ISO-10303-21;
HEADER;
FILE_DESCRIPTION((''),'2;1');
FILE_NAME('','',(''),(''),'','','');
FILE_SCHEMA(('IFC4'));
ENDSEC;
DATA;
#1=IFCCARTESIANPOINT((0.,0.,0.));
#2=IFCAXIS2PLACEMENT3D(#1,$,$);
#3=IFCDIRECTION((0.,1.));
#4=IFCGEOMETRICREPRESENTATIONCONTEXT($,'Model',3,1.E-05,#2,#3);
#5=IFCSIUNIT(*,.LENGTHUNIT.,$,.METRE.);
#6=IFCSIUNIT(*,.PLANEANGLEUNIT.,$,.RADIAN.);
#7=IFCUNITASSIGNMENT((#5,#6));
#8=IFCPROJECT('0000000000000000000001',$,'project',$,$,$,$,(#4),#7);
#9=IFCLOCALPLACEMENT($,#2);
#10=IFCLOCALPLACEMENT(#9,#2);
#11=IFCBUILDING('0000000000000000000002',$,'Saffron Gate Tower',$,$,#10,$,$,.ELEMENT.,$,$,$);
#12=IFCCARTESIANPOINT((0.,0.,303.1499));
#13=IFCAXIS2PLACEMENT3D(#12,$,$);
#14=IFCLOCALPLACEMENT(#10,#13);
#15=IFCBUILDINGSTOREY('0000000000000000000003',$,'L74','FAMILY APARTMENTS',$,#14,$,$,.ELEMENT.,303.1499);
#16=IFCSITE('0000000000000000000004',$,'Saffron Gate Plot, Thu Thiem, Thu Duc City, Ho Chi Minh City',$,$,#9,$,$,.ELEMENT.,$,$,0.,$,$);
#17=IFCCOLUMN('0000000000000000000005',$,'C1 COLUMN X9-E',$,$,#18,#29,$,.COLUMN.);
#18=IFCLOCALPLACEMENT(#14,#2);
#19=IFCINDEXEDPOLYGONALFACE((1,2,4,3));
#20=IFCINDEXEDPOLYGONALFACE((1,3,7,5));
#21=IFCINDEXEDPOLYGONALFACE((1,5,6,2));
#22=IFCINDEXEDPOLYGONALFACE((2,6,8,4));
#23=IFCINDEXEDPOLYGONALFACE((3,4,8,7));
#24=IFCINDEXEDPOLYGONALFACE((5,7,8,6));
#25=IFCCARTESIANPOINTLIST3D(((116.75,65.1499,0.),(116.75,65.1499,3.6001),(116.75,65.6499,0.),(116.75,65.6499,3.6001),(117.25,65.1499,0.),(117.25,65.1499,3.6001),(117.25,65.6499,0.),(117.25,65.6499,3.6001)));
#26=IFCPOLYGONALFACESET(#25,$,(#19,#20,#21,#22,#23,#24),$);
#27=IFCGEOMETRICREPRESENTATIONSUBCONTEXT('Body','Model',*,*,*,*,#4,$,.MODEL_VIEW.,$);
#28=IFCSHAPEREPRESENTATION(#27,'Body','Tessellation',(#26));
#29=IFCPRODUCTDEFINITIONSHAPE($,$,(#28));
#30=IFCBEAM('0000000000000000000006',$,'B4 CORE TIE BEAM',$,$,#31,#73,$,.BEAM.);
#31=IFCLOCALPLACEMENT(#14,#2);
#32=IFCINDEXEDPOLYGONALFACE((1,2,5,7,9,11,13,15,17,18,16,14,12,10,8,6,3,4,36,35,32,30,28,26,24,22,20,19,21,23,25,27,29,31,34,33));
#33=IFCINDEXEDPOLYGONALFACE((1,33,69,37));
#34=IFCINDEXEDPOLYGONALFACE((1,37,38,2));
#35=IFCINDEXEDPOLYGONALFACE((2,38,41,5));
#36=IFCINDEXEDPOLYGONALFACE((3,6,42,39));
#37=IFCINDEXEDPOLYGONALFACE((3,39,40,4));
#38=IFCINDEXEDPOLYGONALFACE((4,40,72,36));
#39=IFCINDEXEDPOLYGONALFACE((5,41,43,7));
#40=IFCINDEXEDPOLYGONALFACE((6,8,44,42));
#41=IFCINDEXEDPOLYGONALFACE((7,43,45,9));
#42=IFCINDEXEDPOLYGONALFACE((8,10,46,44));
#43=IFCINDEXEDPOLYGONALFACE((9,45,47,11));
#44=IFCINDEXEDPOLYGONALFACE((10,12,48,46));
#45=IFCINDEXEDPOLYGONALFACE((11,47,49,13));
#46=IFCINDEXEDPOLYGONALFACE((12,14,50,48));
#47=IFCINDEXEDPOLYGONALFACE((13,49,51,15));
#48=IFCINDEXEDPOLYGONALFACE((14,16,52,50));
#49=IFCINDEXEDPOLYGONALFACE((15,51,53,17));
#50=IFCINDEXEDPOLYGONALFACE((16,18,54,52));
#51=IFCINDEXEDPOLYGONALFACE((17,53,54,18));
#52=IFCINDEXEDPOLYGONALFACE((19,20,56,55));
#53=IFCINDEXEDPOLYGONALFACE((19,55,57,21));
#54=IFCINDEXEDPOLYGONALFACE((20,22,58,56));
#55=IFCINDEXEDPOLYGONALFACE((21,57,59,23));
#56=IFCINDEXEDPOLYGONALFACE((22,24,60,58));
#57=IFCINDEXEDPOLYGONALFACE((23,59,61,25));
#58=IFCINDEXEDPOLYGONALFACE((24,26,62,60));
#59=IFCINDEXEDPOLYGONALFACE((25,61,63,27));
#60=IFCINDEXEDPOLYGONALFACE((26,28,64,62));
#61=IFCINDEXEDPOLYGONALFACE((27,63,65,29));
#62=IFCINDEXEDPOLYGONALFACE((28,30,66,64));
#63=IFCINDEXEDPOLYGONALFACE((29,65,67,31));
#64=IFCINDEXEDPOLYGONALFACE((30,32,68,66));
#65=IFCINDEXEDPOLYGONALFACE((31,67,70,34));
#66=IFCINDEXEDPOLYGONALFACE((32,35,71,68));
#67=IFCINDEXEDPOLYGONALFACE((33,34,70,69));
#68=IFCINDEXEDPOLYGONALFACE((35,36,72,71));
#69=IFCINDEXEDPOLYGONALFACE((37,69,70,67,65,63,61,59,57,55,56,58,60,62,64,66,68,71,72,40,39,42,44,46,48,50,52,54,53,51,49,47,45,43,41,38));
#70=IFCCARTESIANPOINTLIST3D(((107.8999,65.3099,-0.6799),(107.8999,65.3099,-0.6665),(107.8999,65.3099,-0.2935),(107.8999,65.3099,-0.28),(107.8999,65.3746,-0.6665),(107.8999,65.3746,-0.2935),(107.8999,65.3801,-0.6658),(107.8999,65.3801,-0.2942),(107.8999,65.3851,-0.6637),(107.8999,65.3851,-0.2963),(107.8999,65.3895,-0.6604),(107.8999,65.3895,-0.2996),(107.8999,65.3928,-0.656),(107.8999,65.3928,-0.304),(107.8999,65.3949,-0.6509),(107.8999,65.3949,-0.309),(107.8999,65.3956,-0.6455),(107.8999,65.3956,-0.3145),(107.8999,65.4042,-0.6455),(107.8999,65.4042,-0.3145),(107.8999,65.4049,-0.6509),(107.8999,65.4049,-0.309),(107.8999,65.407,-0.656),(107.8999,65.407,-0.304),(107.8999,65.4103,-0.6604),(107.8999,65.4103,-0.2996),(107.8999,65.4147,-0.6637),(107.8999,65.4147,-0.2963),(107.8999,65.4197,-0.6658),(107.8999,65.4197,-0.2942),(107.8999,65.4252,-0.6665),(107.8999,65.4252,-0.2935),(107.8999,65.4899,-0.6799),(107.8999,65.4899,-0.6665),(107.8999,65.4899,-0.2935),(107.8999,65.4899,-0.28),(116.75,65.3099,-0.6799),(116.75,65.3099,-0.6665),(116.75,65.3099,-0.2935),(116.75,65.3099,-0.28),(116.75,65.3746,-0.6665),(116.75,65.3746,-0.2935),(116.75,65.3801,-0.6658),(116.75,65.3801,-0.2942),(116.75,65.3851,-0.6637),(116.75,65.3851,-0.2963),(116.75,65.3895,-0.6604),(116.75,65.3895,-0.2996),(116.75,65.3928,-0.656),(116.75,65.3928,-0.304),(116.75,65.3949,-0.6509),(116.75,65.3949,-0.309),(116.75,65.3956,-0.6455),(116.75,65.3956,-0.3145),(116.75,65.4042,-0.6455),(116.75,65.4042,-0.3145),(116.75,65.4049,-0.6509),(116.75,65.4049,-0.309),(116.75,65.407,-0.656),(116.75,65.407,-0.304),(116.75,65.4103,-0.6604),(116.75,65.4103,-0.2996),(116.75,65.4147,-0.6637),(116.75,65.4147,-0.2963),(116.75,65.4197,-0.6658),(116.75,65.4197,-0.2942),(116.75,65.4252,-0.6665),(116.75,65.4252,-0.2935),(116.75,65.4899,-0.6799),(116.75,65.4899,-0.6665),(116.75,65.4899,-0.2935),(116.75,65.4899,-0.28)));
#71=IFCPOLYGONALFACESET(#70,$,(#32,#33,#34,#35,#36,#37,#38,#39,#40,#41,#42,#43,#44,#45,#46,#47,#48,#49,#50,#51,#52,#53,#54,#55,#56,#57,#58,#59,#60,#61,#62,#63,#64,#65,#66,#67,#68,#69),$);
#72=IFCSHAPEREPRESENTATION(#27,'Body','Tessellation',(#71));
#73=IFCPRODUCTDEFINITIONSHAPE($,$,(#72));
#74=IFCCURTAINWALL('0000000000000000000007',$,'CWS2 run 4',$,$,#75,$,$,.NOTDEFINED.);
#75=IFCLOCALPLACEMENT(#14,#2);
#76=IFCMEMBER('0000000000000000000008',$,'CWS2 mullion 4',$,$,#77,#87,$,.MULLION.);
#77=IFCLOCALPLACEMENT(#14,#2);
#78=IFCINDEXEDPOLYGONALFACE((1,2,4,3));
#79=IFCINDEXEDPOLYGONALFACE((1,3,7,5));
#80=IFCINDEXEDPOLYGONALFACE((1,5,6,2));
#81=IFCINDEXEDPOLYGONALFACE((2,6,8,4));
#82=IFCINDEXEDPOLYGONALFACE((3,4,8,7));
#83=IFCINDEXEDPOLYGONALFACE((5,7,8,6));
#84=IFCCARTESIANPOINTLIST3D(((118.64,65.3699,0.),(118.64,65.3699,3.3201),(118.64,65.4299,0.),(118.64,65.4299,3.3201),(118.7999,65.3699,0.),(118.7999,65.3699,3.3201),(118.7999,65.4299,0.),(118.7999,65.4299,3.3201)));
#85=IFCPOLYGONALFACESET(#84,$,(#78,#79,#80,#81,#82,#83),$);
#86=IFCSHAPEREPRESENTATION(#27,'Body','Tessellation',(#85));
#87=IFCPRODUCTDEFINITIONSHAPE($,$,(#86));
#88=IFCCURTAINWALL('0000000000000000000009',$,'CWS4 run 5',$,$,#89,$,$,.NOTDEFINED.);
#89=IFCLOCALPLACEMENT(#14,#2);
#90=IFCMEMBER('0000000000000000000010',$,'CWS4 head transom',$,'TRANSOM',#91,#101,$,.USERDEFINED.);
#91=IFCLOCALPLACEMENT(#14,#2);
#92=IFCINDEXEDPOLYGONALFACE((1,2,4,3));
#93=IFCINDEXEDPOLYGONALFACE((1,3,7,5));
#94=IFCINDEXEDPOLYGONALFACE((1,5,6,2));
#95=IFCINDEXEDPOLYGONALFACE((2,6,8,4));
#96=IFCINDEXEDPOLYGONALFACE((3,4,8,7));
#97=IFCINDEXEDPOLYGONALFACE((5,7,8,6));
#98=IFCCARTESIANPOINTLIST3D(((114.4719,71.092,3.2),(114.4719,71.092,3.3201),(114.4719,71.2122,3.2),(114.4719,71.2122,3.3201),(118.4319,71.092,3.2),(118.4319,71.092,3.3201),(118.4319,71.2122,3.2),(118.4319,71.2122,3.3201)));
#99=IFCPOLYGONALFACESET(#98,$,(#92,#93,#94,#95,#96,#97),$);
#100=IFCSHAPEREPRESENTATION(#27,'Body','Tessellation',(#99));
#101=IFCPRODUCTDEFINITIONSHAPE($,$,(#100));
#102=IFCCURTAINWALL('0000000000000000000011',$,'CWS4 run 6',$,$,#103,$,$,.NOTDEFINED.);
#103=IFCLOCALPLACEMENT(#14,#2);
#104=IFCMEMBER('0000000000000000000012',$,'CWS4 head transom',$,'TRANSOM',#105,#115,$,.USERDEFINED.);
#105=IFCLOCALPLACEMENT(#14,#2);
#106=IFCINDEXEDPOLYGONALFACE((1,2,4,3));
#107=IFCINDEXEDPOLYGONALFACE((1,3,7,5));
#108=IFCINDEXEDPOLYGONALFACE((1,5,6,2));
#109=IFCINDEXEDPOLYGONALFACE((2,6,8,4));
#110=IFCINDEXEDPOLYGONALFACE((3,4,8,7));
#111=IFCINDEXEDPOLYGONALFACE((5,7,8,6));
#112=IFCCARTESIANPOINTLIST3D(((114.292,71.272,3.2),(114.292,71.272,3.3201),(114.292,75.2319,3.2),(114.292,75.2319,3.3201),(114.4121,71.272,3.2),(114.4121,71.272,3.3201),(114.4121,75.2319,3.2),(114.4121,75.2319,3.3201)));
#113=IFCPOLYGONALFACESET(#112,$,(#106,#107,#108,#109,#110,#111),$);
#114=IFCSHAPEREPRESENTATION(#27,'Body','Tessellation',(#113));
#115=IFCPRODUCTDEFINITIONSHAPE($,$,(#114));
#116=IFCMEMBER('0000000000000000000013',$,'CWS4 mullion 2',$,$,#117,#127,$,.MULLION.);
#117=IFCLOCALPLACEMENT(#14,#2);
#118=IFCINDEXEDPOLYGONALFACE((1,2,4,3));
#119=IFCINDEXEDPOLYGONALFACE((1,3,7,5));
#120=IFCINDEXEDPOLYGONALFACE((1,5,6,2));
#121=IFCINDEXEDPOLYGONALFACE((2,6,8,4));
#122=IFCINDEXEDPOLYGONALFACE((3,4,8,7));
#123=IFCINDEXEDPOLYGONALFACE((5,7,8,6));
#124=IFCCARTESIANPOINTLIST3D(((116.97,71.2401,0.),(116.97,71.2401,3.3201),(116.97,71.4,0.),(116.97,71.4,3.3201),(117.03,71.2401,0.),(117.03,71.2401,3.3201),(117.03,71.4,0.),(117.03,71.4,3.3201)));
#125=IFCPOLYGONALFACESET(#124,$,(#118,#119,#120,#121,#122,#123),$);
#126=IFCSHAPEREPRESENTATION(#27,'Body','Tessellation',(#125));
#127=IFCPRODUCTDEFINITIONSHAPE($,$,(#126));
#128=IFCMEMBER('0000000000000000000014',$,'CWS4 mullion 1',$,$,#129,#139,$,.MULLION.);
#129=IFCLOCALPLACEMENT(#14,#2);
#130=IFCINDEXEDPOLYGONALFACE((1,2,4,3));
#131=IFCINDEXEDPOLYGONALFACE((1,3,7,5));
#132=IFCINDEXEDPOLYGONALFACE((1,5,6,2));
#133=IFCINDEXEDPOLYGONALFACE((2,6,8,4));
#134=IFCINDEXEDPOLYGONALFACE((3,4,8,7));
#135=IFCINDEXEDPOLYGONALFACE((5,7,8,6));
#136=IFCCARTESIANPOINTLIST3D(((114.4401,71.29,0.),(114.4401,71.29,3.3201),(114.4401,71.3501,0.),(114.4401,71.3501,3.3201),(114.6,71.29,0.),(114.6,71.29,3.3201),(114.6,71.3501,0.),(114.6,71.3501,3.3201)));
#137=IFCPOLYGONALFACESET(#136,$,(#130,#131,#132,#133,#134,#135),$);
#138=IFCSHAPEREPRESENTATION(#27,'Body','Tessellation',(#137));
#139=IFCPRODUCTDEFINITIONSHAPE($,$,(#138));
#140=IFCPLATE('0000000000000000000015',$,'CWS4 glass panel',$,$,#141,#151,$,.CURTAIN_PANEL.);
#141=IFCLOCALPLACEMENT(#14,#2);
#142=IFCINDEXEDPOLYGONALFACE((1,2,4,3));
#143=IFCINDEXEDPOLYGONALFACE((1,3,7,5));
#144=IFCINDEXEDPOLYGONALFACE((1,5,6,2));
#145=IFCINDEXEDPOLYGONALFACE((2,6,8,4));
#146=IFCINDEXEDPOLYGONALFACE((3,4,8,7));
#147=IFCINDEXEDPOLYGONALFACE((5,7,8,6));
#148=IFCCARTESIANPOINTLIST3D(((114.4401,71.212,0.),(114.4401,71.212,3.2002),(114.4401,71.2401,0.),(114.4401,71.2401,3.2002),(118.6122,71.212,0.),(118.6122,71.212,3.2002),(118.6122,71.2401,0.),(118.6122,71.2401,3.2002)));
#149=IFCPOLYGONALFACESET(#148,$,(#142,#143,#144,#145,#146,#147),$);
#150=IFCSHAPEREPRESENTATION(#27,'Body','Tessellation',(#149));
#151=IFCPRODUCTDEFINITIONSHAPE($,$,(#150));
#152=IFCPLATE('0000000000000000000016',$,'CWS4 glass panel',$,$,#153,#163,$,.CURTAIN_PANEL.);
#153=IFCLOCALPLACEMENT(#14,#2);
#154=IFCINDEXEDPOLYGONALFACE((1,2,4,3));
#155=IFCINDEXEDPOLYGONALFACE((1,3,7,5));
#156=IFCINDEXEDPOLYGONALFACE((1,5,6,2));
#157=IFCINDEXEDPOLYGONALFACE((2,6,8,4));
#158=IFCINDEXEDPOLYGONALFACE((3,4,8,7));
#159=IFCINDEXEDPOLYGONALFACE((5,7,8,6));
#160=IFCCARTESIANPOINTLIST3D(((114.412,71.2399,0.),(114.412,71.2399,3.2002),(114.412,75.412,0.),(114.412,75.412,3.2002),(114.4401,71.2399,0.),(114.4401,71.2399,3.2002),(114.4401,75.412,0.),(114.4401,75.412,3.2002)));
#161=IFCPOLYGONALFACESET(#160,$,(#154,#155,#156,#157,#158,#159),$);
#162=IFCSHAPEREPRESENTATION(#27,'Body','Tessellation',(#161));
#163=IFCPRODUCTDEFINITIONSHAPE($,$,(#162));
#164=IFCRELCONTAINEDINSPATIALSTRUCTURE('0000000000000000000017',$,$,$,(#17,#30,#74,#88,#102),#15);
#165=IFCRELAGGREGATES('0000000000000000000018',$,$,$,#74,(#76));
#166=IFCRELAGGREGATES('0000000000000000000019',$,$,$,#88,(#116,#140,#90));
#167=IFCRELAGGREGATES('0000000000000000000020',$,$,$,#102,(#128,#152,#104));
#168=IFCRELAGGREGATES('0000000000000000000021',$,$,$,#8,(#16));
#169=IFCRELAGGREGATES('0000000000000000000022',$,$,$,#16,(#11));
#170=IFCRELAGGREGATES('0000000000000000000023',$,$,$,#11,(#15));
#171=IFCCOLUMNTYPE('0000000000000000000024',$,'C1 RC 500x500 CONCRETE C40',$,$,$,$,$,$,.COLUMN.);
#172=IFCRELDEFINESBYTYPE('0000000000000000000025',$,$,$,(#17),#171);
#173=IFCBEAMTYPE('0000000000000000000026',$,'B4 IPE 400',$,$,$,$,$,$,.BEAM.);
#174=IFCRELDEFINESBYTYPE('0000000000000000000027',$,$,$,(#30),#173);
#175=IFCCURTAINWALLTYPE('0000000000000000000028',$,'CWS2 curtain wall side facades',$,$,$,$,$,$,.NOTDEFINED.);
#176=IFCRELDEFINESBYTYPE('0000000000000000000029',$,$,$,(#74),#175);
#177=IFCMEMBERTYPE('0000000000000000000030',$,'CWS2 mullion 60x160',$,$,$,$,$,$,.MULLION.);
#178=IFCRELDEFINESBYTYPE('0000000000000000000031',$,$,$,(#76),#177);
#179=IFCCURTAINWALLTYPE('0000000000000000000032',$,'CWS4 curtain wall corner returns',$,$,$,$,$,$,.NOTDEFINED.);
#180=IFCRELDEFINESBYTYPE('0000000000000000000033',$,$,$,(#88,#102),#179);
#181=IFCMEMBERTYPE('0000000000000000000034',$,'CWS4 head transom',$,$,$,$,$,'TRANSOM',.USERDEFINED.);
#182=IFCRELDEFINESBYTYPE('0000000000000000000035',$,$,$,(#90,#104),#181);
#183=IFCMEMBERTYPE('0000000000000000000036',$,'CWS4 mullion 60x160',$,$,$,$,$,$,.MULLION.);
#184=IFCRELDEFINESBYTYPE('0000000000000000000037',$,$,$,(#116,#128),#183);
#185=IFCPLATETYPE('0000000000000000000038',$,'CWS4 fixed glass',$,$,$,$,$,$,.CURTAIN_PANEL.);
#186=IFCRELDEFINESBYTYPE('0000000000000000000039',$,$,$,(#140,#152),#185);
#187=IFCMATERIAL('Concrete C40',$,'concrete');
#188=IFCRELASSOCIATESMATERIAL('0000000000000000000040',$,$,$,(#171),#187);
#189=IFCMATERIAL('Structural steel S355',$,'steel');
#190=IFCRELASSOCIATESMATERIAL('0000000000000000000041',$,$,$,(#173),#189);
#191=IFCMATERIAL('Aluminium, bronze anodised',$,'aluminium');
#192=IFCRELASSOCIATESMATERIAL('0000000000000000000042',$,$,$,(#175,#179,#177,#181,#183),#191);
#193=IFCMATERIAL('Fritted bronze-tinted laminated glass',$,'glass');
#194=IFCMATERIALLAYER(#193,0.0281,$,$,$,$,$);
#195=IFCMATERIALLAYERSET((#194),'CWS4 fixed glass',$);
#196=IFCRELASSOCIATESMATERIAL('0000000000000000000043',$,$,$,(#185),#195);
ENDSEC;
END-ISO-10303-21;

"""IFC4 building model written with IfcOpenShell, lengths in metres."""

from ifc_helpers import new_model, si_unit, direction, frame, frame_2d, origin, origin_2d, place, context, subcontext, project, spatial, rectangle, i_section, extrude, material, layer, layer_set, material_profile, profile_set, type_object, element, aggregate, save


model = new_model("IFC4")

# Units and contexts
model_context = context("Model", 3, precision=1e-05, world=origin(), true_north=direction((0.0, 1.0)))
body_context = subcontext(model_context, "Body", "Model", "MODEL_VIEW")
ifc_project = project(units=[si_unit("LENGTHUNIT", "METRE"), si_unit("PLANEANGLEUNIT", "RADIAN")], contexts=[model_context])

# Site, building, storey
site_placement = place(None, origin())
site = spatial("IfcSite", under=ifc_project, at=site_placement, Name="Saffron Gate Plot, Thu Thiem, Thu Duc City, Ho Chi Minh City", CompositionType="ELEMENT", RefElevation=0.0)
building_placement = place(site_placement, origin())
building = spatial("IfcBuilding", under=site, at=building_placement, Name="Saffron Gate Tower", CompositionType="ELEMENT")
storey_placement = place(building_placement, frame((0.0, 0.0, 303.1499)))
storey = spatial("IfcBuildingStorey", under=building, at=storey_placement, Name="L74", Description="FAMILY APARTMENTS", CompositionType="ELEMENT", Elevation=303.1499)

# Column
ifc_material_1 = material(Name="Concrete C40", Category="concrete")
ifc_material_profile_1 = material_profile(ifc_material_1, rectangle(XDim=0.5, YDim=0.5, at=origin_2d()))
ifc_profile_set_1 = profile_set([ifc_material_profile_1], Name="Concrete C40")
column_type = type_object("IfcColumnType", Name="C1 RC 500x500 CONCRETE C40", PredefinedType="COLUMN", material=ifc_profile_set_1)
column_placement = place(storey_placement, frame((117.0, 65.3999, 0.0), z_axis=(0.0, 0.0, 1.0), x_axis=(1.0, 0.0, 0.0)))
element("IfcColumn", 1, at=column_placement, inside=storey, type_object=column_type, Name="C1 COLUMN X9-E", PredefinedType="COLUMN", context=body_context, shape_type="SweptSolid", body=[
    extrude(rectangle(XDim=0.5, YDim=0.5, at=origin_2d()), origin(), (0.0, 0.0, 1.0), 3.6001),
])

# Beam
ifc_material_2 = material(Name="Structural steel S355", Category="steel")
ifc_material_profile_2 = material_profile(ifc_material_2, i_section(OverallWidth=0.1799, OverallDepth=0.3999, WebThickness=0.0085, FlangeThickness=0.0134, FilletRadius=0.021, at=origin_2d()))
ifc_profile_set_2 = profile_set([ifc_material_profile_2], Name="Structural steel S355")
beam_type = type_object("IfcBeamType", Name="B4 IPE 400", PredefinedType="BEAM", material=ifc_profile_set_2)
beam_placement = place(storey_placement, frame((116.75, 65.3999, -0.48), z_axis=(-1.0, 0.0, 0.0), x_axis=(0.0, -1.0, 0.0)))
element("IfcBeam", 2, at=beam_placement, inside=storey, type_object=beam_type, Name="B4 CORE TIE BEAM", PredefinedType="BEAM", context=body_context, shape_type="SweptSolid", body=[
    extrude(i_section(OverallWidth=0.1799, OverallDepth=0.3999, WebThickness=0.0085, FlangeThickness=0.0134, FilletRadius=0.021, at=origin_2d()), origin(), (0.0, 0.0, 1.0), 8.8501),
])

# Curtain walls, members
ifc_material_3 = material(Name="Aluminium, bronze anodised", Category="aluminium")
curtain_wall_type_1 = type_object("IfcCurtainWallType", Name="CWS2 curtain wall side facades", PredefinedType="NOTDEFINED", material=ifc_material_3)
curtain_wall_1_placement = place(storey_placement, origin())
curtain_wall_1 = element("IfcCurtainWall", 3, at=curtain_wall_1_placement, inside=storey, type_object=curtain_wall_type_1, Name="CWS2 run 4", PredefinedType="NOTDEFINED")
ifc_material_profile_3 = material_profile(ifc_material_3, rectangle(XDim=0.1599, YDim=0.0601, at=origin_2d()))
ifc_profile_set_3 = profile_set([ifc_material_profile_3], Name="Aluminium, bronze anodised")
member_type_1 = type_object("IfcMemberType", Name="CWS2 mullion 60x160", PredefinedType="MULLION", material=ifc_profile_set_3)
member_1_placement = place(storey_placement, frame((118.72, 65.3999, 0.0), z_axis=(0.0, 0.0, 1.0), x_axis=(-1.0, 0.0, 0.0)))
member_1 = element("IfcMember", 4, at=member_1_placement, type_object=member_type_1, Name="CWS2 mullion 4", PredefinedType="MULLION", context=body_context, shape_type="SweptSolid", body=[
    extrude(rectangle(XDim=0.1599, YDim=0.0601, at=origin_2d()), origin(), (0.0, 0.0, 1.0), 3.3201),
])
aggregate(curtain_wall_1, [member_1])
curtain_wall_type_2 = type_object("IfcCurtainWallType", Name="CWS4 curtain wall corner returns", PredefinedType="NOTDEFINED", material=ifc_material_3)
curtain_wall_2_placement = place(storey_placement, origin())
curtain_wall_2 = element("IfcCurtainWall", 5, at=curtain_wall_2_placement, inside=storey, type_object=curtain_wall_type_2, Name="CWS4 run 5", PredefinedType="NOTDEFINED")
ifc_material_profile_4 = material_profile(ifc_material_3, rectangle(XDim=0.1201, YDim=0.1201, at=origin_2d()))
ifc_profile_set_4 = profile_set([ifc_material_profile_4], Name="Aluminium, bronze anodised")
member_type_2 = type_object("IfcMemberType", Name="CWS4 head transom", ElementType="TRANSOM", PredefinedType="USERDEFINED", material=ifc_profile_set_4)
member_2_placement = place(storey_placement, frame((118.4319, 71.1521, 3.26), z_axis=(-1.0, 0.0, 0.0), x_axis=(0.0, -1.0, 0.0)))
member_2 = element("IfcMember", 6, at=member_2_placement, type_object=member_type_2, Name="CWS4 head transom", ObjectType="TRANSOM", PredefinedType="USERDEFINED", context=body_context, shape_type="SweptSolid", body=[
    extrude(rectangle(XDim=0.1201, YDim=0.1201, at=origin_2d()), origin(), (0.0, 0.0, 1.0), 3.96),
])
curtain_wall_3_placement = place(storey_placement, origin())
curtain_wall_3 = element("IfcCurtainWall", 7, at=curtain_wall_3_placement, inside=storey, type_object=curtain_wall_type_2, Name="CWS4 run 6", PredefinedType="NOTDEFINED")
member_3_placement = place(storey_placement, frame((114.3521, 71.272, 3.26), z_axis=(0.0, 1.0, 0.0), x_axis=(-1.0, 0.0, 0.0)))
member_3 = element("IfcMember", 8, at=member_3_placement, type_object=member_type_2, Name="CWS4 head transom", ObjectType="TRANSOM", PredefinedType="USERDEFINED", context=body_context, shape_type="SweptSolid", body=[
    extrude(rectangle(XDim=0.1201, YDim=0.1201, at=origin_2d()), origin(), (0.0, 0.0, 1.0), 3.96),
])

# Members
ifc_material_profile_5 = material_profile(ifc_material_3, rectangle(XDim=0.1599, YDim=0.0601, at=origin_2d()))
ifc_profile_set_5 = profile_set([ifc_material_profile_5], Name="Aluminium, bronze anodised")
member_type_3 = type_object("IfcMemberType", Name="CWS4 mullion 60x160", PredefinedType="MULLION", material=ifc_profile_set_5)
member_4_placement = place(storey_placement, frame((117.0, 71.3201, 0.0), z_axis=(0.0, 0.0, 1.0), x_axis=(0.0, -1.0, 0.0)))
member_4 = element("IfcMember", 9, at=member_4_placement, type_object=member_type_3, Name="CWS4 mullion 2", PredefinedType="MULLION", context=body_context, shape_type="SweptSolid", body=[
    extrude(rectangle(XDim=0.1599, YDim=0.0601, at=origin_2d()), origin(), (0.0, 0.0, 1.0), 3.3201),
])
member_5_placement = place(storey_placement, frame((114.52, 71.3201, 0.0), z_axis=(0.0, 0.0, 1.0), x_axis=(-1.0, 0.0, 0.0)))
member_5 = element("IfcMember", 10, at=member_5_placement, type_object=member_type_3, Name="CWS4 mullion 1", PredefinedType="MULLION", context=body_context, shape_type="SweptSolid", body=[
    extrude(rectangle(XDim=0.1599, YDim=0.0601, at=origin_2d()), origin(), (0.0, 0.0, 1.0), 3.3201),
])

# Plates
ifc_material_4 = material(Name="Fritted bronze-tinted laminated glass", Category="glass")
ifc_layer_1 = layer(ifc_material_4, 0.0281)
ifc_layer_set_1 = layer_set([ifc_layer_1], Name="CWS4 fixed glass")
plate_type = type_object("IfcPlateType", Name="CWS4 fixed glass", PredefinedType="CURTAIN_PANEL", material=ifc_layer_set_1)
plate_1_placement = place(storey_placement, frame((118.6121, 71.2261, 0.0), z_axis=(0.0, 0.0, 1.0), x_axis=(-1.0, 0.0, 0.0)))
plate_1 = element("IfcPlate", 11, at=plate_1_placement, type_object=plate_type, Name="CWS4 glass panel", PredefinedType="CURTAIN_PANEL", context=body_context, shape_type="SweptSolid", body=[
    extrude(rectangle(XDim=4.1721, YDim=0.0281, at=frame_2d((2.0859, 0.0))), origin(), (0.0, 0.0, 1.0), 3.2002),
])
aggregate(curtain_wall_2, [member_4, plate_1, member_2])
plate_2_placement = place(storey_placement, frame((114.426, 71.24, 0.0), z_axis=(0.0, 0.0, 1.0), x_axis=(0.0, 1.0, 0.0)))
plate_2 = element("IfcPlate", 12, at=plate_2_placement, type_object=plate_type, Name="CWS4 glass panel", PredefinedType="CURTAIN_PANEL", context=body_context, shape_type="SweptSolid", body=[
    extrude(rectangle(XDim=4.1721, YDim=0.0281, at=frame_2d((2.0859, 0.0))), origin(), (0.0, 0.0, 1.0), 3.2002),
])
aggregate(curtain_wall_3, [member_5, plate_2, member_3])

save(model, "model.ifc")
